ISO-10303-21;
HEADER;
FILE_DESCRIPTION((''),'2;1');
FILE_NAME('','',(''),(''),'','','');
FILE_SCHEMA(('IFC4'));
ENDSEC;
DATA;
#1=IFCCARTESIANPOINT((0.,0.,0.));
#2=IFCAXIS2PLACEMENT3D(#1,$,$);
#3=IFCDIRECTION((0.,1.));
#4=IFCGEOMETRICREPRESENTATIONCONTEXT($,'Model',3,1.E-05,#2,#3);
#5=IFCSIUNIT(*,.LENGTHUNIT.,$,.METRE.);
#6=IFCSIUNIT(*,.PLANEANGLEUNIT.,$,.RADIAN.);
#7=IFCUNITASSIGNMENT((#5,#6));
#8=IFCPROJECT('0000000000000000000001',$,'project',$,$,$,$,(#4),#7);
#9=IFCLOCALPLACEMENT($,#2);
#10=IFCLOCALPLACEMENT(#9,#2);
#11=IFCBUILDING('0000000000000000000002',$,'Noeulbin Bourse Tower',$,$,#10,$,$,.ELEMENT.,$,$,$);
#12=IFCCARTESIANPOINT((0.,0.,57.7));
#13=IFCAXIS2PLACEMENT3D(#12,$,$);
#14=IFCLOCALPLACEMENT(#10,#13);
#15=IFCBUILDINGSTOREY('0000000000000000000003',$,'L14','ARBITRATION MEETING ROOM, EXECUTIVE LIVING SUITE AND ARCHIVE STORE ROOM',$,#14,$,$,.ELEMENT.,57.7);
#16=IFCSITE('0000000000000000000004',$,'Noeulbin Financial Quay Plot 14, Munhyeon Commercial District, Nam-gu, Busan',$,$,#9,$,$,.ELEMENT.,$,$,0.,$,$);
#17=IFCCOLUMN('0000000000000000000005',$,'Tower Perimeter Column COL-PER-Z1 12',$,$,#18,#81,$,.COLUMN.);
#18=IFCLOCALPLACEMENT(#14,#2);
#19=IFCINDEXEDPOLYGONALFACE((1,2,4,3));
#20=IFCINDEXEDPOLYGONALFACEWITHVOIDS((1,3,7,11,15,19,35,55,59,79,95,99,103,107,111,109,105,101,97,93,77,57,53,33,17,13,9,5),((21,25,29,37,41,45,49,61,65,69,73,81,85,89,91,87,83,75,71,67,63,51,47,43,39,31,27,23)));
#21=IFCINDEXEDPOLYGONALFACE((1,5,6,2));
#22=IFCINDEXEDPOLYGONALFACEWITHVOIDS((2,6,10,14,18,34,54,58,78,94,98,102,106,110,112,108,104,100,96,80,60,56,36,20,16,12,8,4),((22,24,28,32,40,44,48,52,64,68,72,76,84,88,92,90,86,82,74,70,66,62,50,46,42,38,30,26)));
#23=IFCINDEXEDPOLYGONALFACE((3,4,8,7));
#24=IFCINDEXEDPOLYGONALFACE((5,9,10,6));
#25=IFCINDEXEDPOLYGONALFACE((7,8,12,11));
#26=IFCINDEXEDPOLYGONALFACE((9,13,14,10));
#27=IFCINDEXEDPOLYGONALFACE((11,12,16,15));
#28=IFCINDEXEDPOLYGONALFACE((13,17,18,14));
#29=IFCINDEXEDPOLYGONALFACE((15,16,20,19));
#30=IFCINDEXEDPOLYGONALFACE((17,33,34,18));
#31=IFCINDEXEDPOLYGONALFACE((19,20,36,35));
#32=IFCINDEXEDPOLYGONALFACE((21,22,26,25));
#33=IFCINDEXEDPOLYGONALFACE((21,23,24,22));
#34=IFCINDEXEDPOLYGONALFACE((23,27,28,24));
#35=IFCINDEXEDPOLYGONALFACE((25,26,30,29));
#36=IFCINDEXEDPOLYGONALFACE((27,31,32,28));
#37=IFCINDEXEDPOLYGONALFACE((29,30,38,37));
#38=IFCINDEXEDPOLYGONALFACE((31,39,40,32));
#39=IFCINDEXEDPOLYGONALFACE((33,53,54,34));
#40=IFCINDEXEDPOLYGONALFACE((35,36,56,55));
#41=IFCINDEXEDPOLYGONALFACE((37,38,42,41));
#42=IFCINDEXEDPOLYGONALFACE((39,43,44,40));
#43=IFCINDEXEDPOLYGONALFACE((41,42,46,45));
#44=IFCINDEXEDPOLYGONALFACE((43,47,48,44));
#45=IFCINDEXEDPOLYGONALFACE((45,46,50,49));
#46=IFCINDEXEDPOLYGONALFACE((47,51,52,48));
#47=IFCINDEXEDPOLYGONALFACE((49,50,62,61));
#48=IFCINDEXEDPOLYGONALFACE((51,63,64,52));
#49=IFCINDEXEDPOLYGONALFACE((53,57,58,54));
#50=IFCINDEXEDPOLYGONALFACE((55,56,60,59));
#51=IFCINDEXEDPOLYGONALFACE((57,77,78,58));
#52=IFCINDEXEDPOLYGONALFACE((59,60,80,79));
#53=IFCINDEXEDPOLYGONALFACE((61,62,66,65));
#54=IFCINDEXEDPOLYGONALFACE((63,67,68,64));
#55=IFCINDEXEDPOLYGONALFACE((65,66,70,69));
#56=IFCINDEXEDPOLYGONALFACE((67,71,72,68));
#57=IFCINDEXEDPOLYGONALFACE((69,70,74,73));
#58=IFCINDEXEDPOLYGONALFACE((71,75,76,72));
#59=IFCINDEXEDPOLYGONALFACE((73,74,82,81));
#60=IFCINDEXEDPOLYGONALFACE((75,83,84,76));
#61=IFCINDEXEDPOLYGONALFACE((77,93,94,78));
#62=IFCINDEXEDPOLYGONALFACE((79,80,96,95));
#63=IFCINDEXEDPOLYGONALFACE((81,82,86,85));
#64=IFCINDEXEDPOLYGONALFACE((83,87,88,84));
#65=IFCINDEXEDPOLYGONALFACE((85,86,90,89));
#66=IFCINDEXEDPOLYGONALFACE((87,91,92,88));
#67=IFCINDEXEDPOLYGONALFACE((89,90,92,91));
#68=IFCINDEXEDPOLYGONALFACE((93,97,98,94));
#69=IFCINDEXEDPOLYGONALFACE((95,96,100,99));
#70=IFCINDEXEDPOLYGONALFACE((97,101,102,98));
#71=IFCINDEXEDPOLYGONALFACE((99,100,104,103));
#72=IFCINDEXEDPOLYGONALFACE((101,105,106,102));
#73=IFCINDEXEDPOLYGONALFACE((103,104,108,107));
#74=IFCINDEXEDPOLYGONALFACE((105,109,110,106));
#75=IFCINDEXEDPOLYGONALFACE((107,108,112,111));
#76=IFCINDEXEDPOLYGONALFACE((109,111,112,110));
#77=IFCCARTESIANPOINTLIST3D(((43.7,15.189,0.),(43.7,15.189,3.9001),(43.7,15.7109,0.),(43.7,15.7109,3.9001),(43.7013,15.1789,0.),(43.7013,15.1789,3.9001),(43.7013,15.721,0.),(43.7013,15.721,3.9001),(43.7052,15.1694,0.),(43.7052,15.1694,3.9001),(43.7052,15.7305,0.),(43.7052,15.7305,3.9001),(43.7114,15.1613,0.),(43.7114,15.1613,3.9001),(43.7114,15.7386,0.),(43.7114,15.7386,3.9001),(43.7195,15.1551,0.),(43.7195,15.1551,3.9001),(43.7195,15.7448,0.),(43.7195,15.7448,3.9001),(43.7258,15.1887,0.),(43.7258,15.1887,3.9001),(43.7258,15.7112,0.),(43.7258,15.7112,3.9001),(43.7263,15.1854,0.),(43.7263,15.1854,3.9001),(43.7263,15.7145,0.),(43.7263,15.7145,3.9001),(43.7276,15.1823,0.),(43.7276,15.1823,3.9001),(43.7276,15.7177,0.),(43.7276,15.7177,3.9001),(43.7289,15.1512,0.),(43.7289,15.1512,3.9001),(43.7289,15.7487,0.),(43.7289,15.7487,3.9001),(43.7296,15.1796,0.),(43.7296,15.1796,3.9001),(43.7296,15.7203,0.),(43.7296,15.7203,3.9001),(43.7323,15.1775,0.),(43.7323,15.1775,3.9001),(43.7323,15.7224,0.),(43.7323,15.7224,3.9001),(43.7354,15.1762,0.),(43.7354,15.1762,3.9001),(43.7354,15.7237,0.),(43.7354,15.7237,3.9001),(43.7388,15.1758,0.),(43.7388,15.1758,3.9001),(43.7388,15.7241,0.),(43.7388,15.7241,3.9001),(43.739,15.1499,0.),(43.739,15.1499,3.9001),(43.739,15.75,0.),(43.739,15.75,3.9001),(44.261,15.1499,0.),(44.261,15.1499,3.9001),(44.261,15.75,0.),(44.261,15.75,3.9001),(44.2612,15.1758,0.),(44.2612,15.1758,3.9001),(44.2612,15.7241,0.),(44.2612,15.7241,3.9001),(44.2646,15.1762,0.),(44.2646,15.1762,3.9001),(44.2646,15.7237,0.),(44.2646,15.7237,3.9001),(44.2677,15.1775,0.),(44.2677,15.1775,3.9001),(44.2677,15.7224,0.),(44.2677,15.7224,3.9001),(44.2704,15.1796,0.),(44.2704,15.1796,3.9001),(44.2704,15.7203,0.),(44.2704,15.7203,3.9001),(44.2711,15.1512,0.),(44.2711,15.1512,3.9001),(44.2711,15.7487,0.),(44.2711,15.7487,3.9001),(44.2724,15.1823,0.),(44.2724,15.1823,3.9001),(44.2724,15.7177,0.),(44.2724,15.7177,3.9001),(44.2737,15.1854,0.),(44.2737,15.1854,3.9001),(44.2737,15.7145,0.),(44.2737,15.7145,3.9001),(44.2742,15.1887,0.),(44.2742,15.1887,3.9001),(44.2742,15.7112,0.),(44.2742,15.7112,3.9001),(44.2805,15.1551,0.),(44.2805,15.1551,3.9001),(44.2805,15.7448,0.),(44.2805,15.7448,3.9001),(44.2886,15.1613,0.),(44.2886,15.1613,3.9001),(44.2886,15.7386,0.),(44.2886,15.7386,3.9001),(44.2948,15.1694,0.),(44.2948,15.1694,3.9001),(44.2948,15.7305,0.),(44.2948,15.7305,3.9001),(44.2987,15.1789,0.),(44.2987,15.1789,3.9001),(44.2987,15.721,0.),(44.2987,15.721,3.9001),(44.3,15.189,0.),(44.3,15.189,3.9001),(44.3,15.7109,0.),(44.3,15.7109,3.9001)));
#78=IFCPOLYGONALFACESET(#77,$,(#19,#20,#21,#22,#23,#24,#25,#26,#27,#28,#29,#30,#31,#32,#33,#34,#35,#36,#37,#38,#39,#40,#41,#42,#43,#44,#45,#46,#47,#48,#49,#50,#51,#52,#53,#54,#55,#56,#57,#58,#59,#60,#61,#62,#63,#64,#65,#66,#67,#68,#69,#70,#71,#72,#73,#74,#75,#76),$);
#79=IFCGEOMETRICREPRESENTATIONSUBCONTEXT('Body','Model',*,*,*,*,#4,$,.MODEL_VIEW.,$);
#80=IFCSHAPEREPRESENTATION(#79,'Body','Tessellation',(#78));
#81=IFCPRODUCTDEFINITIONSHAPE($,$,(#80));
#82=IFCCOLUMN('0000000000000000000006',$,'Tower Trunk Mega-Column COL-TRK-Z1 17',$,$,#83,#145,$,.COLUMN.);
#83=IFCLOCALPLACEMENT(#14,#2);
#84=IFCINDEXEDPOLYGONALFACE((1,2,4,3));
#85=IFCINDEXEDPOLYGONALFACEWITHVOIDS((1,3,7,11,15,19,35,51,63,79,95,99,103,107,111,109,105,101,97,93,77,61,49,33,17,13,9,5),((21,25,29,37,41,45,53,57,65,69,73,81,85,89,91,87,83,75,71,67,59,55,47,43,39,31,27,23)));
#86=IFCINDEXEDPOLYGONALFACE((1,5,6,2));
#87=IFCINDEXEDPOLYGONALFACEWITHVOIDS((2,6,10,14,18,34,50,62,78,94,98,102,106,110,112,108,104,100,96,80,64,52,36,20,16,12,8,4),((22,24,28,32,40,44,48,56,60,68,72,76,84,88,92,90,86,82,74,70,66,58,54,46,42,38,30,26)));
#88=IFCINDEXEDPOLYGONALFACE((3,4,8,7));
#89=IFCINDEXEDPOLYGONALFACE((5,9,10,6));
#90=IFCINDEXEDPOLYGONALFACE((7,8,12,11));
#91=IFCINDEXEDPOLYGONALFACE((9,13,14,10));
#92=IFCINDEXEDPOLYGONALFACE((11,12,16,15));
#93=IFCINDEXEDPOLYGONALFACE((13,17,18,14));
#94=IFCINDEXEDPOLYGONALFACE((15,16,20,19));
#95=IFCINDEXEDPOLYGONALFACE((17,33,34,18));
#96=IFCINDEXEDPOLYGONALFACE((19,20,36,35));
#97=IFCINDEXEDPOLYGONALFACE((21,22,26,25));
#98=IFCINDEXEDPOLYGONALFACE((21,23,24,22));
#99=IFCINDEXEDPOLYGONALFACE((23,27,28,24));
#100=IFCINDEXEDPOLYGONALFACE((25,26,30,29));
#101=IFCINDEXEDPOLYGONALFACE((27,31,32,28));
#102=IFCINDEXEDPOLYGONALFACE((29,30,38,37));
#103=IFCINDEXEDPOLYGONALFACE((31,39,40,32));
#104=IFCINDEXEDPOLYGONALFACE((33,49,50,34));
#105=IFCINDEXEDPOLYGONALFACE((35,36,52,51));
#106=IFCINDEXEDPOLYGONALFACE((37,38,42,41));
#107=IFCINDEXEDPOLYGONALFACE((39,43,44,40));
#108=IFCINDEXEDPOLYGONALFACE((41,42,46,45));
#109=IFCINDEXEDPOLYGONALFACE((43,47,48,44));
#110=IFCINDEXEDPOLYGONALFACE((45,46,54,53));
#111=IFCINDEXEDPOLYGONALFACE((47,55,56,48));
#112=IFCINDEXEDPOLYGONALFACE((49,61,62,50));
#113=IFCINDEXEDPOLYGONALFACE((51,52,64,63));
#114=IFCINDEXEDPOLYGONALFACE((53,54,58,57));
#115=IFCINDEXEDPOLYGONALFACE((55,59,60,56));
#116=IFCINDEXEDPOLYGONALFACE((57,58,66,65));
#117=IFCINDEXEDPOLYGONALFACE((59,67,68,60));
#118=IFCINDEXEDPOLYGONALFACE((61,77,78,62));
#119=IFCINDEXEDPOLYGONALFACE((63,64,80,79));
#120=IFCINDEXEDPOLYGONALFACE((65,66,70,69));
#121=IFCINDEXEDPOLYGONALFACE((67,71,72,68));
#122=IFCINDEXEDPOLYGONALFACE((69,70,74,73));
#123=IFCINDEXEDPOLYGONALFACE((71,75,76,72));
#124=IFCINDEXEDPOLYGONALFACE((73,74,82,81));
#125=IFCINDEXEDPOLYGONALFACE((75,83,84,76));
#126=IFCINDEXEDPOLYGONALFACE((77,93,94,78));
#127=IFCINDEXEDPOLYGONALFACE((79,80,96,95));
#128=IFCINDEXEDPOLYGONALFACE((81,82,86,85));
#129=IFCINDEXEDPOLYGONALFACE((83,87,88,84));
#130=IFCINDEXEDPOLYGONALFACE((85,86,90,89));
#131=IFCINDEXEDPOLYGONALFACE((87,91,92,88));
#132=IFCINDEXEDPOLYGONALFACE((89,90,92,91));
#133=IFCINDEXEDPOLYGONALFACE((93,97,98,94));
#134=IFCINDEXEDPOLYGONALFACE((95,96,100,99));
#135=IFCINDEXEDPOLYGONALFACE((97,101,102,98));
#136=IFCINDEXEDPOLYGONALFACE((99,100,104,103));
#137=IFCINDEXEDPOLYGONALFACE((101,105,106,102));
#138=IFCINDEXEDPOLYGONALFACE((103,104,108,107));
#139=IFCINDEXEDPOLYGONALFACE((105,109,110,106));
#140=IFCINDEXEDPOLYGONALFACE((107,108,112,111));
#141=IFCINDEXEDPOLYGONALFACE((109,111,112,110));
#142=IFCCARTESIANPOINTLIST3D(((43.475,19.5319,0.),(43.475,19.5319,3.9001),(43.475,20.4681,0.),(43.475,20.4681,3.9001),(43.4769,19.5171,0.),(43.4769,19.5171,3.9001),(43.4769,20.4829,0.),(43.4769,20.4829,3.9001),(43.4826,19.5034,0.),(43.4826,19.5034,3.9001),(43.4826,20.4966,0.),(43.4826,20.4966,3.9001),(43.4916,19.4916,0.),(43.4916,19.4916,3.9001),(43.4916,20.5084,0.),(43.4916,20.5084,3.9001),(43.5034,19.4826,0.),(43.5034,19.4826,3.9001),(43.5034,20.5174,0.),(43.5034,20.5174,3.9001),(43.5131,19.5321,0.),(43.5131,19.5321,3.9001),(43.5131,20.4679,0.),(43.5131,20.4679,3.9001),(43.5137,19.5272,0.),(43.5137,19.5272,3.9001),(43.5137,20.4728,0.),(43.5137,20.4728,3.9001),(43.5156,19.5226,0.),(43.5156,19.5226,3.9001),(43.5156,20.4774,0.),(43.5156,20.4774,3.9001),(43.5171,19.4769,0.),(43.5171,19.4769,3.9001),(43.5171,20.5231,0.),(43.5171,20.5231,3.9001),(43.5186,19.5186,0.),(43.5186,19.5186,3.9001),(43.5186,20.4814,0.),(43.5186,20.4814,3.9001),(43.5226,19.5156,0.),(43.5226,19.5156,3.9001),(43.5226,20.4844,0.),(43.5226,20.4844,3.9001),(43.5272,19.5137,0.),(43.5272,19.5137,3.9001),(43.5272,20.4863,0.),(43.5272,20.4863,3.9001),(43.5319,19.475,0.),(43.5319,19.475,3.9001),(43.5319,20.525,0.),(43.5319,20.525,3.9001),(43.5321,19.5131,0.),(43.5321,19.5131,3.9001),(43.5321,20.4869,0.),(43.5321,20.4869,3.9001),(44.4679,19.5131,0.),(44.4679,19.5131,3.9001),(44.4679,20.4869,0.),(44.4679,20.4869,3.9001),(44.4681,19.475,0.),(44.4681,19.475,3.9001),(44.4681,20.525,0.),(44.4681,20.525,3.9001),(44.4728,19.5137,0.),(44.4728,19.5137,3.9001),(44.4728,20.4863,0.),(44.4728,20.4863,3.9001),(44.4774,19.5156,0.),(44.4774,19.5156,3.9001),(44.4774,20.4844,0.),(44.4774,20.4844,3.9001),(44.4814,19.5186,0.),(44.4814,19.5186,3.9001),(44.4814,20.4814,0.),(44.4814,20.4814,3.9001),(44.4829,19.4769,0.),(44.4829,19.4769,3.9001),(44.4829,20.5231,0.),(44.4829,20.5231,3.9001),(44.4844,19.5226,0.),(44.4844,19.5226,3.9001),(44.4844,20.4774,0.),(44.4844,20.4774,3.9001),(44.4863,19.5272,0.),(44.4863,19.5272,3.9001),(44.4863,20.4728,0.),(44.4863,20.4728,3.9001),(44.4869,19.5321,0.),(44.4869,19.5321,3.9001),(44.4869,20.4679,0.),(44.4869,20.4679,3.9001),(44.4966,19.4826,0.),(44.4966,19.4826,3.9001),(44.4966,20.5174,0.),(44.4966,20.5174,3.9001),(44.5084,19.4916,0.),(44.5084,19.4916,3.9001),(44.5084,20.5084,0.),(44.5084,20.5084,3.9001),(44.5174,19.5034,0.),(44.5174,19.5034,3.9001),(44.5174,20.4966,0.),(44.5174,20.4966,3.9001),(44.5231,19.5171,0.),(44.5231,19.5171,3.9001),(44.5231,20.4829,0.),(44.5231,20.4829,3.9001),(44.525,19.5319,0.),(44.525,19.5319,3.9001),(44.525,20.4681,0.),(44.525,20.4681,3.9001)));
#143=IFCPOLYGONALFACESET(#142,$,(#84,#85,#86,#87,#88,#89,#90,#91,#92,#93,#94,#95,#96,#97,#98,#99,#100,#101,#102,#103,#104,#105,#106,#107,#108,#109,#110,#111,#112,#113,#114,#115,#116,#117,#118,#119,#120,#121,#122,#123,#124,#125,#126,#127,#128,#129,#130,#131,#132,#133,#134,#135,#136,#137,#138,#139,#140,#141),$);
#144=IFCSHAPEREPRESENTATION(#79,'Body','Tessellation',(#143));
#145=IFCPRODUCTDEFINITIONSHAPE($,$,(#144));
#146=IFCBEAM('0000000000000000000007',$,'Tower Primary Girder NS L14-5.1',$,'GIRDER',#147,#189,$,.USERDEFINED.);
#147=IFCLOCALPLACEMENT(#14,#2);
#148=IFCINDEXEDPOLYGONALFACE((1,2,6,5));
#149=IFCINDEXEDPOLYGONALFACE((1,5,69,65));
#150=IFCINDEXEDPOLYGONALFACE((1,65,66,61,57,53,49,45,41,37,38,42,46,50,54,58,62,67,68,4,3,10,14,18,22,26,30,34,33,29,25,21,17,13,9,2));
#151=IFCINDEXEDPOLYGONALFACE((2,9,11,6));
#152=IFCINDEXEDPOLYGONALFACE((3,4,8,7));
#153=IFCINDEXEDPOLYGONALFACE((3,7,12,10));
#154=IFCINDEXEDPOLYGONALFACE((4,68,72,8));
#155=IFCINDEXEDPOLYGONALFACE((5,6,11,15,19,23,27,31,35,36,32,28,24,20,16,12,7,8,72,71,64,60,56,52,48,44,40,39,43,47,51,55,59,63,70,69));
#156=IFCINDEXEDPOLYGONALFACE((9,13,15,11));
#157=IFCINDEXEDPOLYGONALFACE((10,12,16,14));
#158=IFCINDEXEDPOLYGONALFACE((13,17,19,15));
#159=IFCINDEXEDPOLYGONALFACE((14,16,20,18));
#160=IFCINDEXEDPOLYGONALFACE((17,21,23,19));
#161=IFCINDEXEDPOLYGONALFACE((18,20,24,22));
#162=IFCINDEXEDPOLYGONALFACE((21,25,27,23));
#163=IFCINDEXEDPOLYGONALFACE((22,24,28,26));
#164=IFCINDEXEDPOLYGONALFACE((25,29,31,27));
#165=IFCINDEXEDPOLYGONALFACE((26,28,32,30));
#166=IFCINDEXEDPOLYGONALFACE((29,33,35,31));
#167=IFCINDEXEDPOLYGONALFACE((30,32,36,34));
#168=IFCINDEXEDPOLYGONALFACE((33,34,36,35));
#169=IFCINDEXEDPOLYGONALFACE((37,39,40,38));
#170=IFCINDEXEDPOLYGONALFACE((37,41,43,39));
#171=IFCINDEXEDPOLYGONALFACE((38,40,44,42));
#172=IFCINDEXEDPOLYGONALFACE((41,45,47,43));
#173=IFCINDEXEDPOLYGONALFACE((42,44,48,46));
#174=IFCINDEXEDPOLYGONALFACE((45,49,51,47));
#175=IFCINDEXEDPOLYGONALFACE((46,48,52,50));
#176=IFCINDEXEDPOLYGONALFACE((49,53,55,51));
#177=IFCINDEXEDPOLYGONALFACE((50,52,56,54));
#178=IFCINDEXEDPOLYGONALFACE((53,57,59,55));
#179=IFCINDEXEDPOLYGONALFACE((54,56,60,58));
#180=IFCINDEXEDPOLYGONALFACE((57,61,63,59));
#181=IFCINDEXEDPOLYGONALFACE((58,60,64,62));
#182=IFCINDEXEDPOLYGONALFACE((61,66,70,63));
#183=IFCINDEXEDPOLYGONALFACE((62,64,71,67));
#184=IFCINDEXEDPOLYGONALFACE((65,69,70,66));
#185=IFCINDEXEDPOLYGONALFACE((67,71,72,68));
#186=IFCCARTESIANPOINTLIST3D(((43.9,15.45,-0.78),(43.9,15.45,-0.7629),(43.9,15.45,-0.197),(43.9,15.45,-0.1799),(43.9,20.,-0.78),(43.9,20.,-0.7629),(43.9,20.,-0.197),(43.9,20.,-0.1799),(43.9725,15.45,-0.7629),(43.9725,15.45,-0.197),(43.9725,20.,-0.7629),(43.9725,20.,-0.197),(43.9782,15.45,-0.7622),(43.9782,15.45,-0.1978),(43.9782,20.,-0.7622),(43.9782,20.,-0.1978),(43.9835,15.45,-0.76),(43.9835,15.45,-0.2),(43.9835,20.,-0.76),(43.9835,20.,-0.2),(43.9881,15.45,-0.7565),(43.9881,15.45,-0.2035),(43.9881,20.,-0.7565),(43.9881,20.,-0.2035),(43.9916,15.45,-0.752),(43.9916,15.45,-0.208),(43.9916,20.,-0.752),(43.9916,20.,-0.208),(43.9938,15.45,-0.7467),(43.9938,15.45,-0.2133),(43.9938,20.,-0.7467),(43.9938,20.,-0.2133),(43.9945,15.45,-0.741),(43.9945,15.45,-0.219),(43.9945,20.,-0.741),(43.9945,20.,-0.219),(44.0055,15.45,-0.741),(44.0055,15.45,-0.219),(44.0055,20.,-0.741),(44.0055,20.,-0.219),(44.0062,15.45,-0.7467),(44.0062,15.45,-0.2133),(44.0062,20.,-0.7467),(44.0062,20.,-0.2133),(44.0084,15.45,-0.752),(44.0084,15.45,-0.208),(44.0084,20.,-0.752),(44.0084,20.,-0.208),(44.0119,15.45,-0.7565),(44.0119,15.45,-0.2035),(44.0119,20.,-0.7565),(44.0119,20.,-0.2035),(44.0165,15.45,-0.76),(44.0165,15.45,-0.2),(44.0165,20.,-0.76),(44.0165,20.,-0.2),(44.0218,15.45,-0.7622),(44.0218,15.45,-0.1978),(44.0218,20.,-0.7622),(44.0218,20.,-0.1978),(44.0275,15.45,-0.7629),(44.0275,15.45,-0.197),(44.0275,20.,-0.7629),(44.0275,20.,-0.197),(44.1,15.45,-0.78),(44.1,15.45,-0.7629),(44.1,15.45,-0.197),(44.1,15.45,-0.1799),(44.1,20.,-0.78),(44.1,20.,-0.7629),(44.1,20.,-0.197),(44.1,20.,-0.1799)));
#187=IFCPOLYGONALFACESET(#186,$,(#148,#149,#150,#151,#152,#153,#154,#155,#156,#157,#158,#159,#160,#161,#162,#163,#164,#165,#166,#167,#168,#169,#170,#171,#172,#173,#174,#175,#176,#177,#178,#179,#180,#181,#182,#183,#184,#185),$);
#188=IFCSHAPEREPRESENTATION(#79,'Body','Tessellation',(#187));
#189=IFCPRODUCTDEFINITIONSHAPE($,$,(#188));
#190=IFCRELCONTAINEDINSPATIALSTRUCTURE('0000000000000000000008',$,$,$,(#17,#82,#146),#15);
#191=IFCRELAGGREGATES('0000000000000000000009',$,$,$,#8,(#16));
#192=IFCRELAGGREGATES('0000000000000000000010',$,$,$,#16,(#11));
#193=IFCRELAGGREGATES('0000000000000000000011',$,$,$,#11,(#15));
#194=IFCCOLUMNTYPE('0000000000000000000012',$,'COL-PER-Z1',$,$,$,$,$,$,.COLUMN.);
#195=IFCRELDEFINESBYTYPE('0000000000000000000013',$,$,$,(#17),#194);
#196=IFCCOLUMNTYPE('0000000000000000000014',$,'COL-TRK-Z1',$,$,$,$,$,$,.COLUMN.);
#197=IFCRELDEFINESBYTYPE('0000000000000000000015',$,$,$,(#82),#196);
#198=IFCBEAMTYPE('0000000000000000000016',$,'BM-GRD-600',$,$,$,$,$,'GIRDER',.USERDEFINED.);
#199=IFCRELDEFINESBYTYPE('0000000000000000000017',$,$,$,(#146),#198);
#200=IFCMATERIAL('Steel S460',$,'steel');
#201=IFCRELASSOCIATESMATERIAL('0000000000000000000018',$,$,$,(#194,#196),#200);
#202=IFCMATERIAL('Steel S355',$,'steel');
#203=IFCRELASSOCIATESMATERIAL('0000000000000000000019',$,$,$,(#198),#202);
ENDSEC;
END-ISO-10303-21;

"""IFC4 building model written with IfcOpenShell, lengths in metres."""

from ifc_helpers import new_model, si_unit, direction, frame, origin, origin_2d, place, context, subcontext, project, spatial, hollow_rectangle, i_section, extrude, material, material_profile, profile_set, type_object, element, save


model = new_model("IFC4")

# Units and contexts
model_context = context("Model", 3, precision=1e-05, world=origin(), true_north=direction((0.0, 1.0)))
body_context = subcontext(model_context, "Body", "Model", "MODEL_VIEW")
ifc_project = project(units=[si_unit("LENGTHUNIT", "METRE"), si_unit("PLANEANGLEUNIT", "RADIAN")], contexts=[model_context])

# Site, building, storey
site_placement = place(None, origin())
site = spatial("IfcSite", under=ifc_project, at=site_placement, Name="Noeulbin Financial Quay Plot 14, Munhyeon Commercial District, Nam-gu, Busan", CompositionType="ELEMENT", RefElevation=0.0)
building_placement = place(site_placement, origin())
building = spatial("IfcBuilding", under=site, at=building_placement, Name="Noeulbin Bourse Tower", CompositionType="ELEMENT")
storey_placement = place(building_placement, frame((0.0, 0.0, 57.7)))
storey = spatial("IfcBuildingStorey", under=building, at=storey_placement, Name="L14", Description="ARBITRATION MEETING ROOM, EXECUTIVE LIVING SUITE AND ARCHIVE STORE ROOM", CompositionType="ELEMENT", Elevation=57.7)

# Columns
ifc_material_1 = material(Name="Steel S460", Category="steel")
ifc_material_profile_1 = material_profile(ifc_material_1, hollow_rectangle(XDim=0.6001, YDim=0.6001, WallThickness=0.0259, InnerFilletRadius=0.0129, OuterFilletRadius=0.0391, at=origin_2d()), Name="BOX-600x600x26", Category="LoadBearing")
ifc_profile_set_1 = profile_set([ifc_material_profile_1], Name="Steel S460")
column_type_1 = type_object("IfcColumnType", Name="COL-PER-Z1", PredefinedType="COLUMN", material=ifc_profile_set_1)
column_1_placement = place(storey_placement, frame((44.0, 15.45, 0.0), z_axis=(0.0, 0.0, 1.0), x_axis=(1.0, 0.0, 0.0)))
element("IfcColumn", 1, at=column_1_placement, inside=storey, type_object=column_type_1, Name="Tower Perimeter Column COL-PER-Z1 12", PredefinedType="COLUMN", context=body_context, shape_type="SweptSolid", body=[
    extrude(hollow_rectangle(XDim=0.6001, YDim=0.6001, WallThickness=0.0259, InnerFilletRadius=0.0129, OuterFilletRadius=0.0391, at=origin_2d()), origin(), (0.0, 0.0, 1.0), 3.9001),
])
ifc_material_profile_2 = material_profile(ifc_material_1, hollow_rectangle(XDim=1.05, YDim=1.05, WallThickness=0.0381, InnerFilletRadius=0.019, OuterFilletRadius=0.0569, at=origin_2d()), Name="BOX-1050x1050x38", Category="LoadBearing")
ifc_profile_set_2 = profile_set([ifc_material_profile_2], Name="Steel S460")
column_type_2 = type_object("IfcColumnType", Name="COL-TRK-Z1", PredefinedType="COLUMN", material=ifc_profile_set_2)
column_2_placement = place(storey_placement, frame((44.0, 20.0, 0.0), z_axis=(0.0, 0.0, 1.0), x_axis=(1.0, 0.0, 0.0)))
element("IfcColumn", 2, at=column_2_placement, inside=storey, type_object=column_type_2, Name="Tower Trunk Mega-Column COL-TRK-Z1 17", PredefinedType="COLUMN", context=body_context, shape_type="SweptSolid", body=[
    extrude(hollow_rectangle(XDim=1.05, YDim=1.05, WallThickness=0.0381, InnerFilletRadius=0.019, OuterFilletRadius=0.0569, at=origin_2d()), origin(), (0.0, 0.0, 1.0), 3.9001),
])

# Beam
ifc_material_2 = material(Name="Steel S355", Category="steel")
ifc_material_profile_3 = material_profile(ifc_material_2, i_section(OverallWidth=0.2, OverallDepth=0.6001, WebThickness=0.011, FlangeThickness=0.0171, FilletRadius=0.022, at=origin_2d()), Name="H-600x200x11x17", Category="LoadBearing")
ifc_profile_set_3 = profile_set([ifc_material_profile_3], Name="Steel S355")
beam_type_1 = type_object("IfcBeamType", Name="BM-GRD-600", ElementType="GIRDER", PredefinedType="USERDEFINED", material=ifc_profile_set_3)
beam_1_placement = place(storey_placement, frame((44.0, 15.45, -0.48), z_axis=(0.0, 1.0, 0.0), x_axis=(-1.0, 0.0, 0.0)))
element("IfcBeam", 3, at=beam_1_placement, inside=storey, type_object=beam_type_1, Name="Tower Primary Girder NS L14-5.1", ObjectType="GIRDER", PredefinedType="USERDEFINED", context=body_context, shape_type="SweptSolid", body=[
    extrude(i_section(OverallWidth=0.2, OverallDepth=0.6001, WebThickness=0.011, FlangeThickness=0.0171, FilletRadius=0.022, at=origin_2d()), origin(), (0.0, 0.0, 1.0), 4.55),
])

save(model, "model.ifc")
